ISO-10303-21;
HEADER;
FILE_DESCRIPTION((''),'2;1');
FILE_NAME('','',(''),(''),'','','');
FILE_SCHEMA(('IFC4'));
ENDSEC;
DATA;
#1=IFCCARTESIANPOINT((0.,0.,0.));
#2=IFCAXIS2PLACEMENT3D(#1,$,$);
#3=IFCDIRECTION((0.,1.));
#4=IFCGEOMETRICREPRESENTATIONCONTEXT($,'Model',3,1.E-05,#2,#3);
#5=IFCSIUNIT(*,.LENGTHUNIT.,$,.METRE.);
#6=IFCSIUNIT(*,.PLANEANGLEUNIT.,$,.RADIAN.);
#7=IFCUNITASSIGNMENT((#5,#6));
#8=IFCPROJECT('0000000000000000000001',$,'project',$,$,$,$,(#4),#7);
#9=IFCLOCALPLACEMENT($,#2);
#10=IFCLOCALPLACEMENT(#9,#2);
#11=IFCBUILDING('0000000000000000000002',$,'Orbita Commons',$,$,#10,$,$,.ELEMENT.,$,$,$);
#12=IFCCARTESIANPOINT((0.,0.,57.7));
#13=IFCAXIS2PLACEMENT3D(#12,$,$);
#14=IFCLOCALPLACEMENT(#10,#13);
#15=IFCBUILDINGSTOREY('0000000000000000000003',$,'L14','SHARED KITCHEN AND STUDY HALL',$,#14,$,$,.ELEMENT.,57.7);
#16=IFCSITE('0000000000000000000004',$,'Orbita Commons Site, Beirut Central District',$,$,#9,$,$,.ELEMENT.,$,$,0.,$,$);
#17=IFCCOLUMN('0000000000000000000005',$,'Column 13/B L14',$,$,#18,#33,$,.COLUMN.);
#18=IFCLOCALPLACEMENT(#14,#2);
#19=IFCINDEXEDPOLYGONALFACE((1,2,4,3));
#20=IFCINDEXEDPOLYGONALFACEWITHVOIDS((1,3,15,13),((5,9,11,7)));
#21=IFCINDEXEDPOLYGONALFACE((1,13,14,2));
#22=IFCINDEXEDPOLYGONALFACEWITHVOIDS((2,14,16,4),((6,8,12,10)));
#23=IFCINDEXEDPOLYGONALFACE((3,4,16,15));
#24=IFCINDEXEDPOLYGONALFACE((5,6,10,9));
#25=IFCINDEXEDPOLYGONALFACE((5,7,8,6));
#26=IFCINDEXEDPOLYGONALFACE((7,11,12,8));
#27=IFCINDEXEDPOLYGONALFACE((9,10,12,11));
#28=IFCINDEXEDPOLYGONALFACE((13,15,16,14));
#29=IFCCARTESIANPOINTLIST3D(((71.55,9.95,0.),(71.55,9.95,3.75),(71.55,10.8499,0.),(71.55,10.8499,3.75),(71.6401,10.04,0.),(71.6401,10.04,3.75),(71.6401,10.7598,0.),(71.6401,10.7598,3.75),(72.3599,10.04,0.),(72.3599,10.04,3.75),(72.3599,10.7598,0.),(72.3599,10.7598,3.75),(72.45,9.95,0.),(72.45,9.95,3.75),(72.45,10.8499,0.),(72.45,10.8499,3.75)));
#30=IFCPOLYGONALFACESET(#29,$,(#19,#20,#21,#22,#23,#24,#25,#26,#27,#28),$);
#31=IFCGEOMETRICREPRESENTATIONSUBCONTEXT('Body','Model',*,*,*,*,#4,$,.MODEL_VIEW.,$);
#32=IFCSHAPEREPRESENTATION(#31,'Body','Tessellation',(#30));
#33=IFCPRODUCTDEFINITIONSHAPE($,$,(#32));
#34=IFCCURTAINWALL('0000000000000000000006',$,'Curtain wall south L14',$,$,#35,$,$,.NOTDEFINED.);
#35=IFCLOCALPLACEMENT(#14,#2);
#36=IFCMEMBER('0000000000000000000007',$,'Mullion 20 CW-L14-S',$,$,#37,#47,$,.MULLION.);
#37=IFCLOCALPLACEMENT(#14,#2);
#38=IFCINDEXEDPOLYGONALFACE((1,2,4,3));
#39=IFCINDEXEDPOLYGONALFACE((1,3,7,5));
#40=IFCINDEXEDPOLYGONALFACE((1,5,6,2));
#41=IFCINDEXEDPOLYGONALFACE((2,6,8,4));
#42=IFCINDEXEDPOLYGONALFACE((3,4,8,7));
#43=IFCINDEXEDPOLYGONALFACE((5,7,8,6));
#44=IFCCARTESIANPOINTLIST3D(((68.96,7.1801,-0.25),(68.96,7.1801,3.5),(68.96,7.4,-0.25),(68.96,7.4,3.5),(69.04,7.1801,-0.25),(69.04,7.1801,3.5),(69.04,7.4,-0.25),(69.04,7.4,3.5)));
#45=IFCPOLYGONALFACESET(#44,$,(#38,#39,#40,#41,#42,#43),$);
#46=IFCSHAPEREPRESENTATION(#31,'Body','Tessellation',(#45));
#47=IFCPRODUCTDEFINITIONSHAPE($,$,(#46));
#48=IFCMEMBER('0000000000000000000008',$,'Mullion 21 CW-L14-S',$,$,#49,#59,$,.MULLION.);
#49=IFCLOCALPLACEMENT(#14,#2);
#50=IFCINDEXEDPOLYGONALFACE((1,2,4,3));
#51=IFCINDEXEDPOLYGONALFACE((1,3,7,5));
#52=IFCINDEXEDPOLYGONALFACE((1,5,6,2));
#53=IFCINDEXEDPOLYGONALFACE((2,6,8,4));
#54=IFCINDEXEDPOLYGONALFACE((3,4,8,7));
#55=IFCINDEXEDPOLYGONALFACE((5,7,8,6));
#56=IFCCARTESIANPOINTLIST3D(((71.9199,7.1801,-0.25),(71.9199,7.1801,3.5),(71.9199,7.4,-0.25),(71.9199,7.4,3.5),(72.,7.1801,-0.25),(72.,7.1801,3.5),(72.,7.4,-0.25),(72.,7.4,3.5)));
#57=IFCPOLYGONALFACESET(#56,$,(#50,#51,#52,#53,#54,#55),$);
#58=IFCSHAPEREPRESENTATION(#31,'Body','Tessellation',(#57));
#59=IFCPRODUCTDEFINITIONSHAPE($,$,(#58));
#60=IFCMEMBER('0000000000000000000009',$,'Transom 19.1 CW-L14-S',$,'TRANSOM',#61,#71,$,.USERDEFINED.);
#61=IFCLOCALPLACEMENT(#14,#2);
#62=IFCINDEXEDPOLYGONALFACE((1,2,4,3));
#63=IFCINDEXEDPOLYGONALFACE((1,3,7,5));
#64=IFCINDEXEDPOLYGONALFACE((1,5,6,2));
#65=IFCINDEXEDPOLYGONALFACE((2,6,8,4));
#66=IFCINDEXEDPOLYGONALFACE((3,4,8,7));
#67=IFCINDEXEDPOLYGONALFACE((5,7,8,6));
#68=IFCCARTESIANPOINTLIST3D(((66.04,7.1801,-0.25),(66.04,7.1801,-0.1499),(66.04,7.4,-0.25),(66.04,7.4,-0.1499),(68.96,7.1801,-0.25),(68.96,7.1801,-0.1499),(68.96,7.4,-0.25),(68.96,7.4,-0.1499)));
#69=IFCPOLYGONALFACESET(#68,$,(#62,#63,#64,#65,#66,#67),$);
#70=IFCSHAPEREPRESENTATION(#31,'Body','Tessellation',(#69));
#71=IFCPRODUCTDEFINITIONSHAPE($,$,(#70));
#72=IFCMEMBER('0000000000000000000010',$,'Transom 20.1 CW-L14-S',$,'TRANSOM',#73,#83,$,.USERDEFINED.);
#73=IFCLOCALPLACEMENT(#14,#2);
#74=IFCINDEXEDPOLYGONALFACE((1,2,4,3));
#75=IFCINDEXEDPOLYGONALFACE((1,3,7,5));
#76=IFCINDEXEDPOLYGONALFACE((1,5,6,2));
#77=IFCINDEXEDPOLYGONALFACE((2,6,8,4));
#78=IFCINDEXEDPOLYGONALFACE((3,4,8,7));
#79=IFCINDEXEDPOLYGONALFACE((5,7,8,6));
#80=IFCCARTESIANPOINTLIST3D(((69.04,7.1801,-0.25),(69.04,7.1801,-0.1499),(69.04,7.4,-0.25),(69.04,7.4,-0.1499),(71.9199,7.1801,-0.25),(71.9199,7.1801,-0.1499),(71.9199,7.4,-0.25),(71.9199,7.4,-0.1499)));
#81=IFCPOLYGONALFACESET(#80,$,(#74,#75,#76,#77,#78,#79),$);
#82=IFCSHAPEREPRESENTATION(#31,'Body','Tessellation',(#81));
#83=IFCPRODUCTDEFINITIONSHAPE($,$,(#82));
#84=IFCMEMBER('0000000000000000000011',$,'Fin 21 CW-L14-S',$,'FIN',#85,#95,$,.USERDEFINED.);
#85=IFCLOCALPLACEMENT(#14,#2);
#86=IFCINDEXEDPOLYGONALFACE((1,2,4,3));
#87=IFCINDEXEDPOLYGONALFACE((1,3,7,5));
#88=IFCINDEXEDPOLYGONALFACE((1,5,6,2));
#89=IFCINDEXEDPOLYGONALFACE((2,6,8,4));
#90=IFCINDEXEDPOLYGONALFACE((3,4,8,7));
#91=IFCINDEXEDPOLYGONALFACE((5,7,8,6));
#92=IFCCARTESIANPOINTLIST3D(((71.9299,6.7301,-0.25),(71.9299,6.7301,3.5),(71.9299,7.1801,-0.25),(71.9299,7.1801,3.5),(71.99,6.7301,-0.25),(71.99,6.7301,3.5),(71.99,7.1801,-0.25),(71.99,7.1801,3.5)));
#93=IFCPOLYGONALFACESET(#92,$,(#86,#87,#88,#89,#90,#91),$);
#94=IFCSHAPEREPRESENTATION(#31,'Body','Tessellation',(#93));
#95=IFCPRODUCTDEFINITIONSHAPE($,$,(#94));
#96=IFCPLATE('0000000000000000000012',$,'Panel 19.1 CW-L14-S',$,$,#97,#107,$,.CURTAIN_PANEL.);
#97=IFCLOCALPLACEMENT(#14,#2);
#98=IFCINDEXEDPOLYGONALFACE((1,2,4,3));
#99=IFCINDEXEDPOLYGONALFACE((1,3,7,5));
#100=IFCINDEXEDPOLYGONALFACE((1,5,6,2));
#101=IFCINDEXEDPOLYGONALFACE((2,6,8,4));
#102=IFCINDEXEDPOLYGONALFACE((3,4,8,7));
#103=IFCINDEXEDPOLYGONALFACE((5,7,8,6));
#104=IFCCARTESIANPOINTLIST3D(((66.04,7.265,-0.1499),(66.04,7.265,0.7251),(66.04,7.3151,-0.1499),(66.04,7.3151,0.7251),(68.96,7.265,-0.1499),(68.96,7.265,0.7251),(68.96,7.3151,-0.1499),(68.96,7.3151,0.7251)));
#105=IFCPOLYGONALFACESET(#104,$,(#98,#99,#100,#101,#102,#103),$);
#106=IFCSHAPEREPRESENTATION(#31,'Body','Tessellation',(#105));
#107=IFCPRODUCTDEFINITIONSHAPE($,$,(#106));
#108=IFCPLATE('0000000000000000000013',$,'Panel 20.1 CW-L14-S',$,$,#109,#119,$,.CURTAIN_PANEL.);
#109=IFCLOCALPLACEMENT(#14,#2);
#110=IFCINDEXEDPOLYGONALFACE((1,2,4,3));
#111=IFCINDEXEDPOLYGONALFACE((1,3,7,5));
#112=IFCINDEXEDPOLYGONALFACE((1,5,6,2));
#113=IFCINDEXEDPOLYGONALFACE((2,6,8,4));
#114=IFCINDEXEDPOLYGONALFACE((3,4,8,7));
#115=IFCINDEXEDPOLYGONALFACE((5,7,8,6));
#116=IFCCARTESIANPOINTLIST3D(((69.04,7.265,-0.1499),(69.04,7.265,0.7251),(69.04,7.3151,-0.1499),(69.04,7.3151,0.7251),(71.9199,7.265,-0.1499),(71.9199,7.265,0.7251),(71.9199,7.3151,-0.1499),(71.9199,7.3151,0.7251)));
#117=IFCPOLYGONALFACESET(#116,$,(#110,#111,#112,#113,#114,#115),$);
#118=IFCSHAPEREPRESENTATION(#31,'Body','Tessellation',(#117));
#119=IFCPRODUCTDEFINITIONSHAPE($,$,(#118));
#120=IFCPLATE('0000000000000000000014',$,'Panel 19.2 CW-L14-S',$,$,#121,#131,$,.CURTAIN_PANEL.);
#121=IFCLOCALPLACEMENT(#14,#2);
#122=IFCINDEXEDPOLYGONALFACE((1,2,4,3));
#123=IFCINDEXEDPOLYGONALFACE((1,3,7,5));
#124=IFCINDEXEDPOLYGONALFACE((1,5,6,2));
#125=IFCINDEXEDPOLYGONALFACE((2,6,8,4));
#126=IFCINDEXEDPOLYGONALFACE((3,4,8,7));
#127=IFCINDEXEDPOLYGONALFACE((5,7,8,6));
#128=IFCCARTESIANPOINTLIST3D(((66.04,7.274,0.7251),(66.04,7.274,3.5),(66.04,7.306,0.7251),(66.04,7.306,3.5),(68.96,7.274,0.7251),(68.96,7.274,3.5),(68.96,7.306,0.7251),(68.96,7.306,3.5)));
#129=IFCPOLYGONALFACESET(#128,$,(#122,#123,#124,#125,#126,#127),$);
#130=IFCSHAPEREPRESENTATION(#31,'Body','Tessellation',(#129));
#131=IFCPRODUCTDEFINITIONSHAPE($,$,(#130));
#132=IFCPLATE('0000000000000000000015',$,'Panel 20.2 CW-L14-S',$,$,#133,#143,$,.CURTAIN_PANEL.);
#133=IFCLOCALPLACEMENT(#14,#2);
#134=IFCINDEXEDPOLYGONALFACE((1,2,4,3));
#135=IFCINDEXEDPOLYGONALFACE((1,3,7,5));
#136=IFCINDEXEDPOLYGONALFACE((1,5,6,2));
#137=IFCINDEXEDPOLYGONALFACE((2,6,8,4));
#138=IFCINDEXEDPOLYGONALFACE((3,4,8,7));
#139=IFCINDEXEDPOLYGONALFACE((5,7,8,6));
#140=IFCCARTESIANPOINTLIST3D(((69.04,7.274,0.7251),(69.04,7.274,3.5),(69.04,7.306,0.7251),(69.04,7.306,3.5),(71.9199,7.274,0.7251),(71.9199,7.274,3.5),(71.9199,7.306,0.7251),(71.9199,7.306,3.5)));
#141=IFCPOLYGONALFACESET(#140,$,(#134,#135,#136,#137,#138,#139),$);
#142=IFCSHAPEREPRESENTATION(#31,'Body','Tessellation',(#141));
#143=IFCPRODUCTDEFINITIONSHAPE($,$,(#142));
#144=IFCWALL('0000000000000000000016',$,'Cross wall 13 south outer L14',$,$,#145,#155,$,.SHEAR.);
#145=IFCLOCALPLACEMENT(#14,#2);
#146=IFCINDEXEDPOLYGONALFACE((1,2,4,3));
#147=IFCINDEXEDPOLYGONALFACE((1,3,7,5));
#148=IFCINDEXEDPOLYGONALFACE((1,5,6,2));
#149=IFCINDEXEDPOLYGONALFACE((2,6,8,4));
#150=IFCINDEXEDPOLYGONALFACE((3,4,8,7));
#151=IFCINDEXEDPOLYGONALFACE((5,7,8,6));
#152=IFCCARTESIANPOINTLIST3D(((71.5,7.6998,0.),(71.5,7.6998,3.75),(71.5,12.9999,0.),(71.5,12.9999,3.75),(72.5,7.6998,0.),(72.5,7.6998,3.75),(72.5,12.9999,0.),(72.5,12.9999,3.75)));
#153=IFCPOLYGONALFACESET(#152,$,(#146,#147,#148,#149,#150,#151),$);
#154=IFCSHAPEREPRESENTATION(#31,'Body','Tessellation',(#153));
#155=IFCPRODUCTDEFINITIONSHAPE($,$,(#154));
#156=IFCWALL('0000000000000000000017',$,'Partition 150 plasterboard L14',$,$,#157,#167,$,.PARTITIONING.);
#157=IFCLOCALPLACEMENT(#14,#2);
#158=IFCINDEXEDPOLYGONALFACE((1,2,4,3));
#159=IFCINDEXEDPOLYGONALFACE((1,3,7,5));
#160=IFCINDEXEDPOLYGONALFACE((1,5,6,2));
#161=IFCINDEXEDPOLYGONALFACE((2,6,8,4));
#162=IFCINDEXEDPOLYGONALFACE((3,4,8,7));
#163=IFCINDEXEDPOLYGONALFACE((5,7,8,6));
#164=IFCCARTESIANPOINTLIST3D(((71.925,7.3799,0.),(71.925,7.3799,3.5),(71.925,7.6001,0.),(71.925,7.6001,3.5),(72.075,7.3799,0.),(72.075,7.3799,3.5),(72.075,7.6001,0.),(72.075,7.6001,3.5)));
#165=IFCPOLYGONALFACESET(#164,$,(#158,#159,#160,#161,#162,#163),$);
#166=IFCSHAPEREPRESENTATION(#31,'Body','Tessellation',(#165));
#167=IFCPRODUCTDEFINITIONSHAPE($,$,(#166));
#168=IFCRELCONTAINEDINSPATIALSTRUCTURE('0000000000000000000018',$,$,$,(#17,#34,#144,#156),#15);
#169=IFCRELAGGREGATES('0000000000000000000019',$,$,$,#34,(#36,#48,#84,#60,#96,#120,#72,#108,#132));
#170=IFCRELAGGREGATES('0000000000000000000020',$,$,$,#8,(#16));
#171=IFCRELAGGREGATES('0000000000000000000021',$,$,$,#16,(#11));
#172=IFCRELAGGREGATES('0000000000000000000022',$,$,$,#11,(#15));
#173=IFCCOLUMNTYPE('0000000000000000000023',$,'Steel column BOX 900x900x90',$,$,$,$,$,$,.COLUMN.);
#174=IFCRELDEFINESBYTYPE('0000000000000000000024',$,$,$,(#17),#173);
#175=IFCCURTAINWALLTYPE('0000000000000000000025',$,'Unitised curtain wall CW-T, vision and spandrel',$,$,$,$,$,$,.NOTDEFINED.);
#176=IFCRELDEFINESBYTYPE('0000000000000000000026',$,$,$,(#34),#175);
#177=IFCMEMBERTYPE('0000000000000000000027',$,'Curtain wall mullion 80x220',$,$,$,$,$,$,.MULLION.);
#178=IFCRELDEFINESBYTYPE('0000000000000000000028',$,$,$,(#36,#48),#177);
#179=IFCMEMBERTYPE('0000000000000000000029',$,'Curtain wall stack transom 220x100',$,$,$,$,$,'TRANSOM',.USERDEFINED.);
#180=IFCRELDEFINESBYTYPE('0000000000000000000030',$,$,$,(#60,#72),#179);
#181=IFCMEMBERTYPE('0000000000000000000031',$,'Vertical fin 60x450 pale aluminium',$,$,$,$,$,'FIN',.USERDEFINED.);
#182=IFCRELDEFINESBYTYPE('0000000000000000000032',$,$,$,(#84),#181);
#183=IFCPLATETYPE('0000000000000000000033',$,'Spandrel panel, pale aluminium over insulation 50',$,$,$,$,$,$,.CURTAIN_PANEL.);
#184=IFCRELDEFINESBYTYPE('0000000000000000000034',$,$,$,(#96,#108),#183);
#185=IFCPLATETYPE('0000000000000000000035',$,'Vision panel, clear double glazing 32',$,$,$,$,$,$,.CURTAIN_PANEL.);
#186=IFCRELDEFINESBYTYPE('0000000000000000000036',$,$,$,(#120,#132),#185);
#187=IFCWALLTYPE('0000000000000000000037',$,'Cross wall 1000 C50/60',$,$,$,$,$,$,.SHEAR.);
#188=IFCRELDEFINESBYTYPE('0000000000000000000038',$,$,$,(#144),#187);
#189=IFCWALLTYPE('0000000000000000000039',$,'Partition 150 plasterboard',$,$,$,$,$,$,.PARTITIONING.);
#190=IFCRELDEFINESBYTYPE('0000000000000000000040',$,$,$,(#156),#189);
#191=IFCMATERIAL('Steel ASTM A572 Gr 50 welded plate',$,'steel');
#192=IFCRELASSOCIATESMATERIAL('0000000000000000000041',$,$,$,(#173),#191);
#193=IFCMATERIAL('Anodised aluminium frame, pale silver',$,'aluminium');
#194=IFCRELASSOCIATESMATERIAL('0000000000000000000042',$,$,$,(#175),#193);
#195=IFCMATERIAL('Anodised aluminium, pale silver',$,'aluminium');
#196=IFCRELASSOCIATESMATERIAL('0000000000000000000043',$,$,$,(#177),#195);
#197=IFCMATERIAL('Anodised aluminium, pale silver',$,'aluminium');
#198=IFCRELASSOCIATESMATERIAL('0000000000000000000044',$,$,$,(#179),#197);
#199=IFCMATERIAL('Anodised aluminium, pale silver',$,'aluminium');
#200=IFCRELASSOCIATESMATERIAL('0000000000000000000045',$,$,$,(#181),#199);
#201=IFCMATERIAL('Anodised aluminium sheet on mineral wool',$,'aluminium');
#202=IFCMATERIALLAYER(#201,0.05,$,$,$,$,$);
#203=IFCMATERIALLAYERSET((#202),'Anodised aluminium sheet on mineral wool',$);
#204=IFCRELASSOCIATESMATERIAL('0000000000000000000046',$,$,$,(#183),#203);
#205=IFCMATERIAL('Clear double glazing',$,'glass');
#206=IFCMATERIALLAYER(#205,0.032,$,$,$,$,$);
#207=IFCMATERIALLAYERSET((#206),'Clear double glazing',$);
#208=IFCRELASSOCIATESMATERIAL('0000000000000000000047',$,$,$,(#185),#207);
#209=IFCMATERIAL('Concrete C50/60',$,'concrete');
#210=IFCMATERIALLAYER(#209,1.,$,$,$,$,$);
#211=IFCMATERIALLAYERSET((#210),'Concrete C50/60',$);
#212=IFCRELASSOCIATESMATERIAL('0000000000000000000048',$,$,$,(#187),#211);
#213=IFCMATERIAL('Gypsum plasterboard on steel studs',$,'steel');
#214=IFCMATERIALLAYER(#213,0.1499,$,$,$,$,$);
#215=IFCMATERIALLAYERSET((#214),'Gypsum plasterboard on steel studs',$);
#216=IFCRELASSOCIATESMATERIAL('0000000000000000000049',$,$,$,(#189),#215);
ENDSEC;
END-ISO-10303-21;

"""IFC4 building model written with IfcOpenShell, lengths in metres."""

from ifc_helpers import new_model, si_unit, direction, frame, frame_2d, origin, origin_2d, place, context, subcontext, project, spatial, rectangle, hollow_rectangle, extrude, material, layer, layer_set, material_profile, profile_set, type_object, element, aggregate, save


model = new_model("IFC4")

# Units and contexts
model_context = context("Model", 3, precision=1e-05, world=origin(), true_north=direction((0.0, 1.0)))
body_context = subcontext(model_context, "Body", "Model", "MODEL_VIEW")
ifc_project = project(units=[si_unit("LENGTHUNIT", "METRE"), si_unit("PLANEANGLEUNIT", "RADIAN")], contexts=[model_context])

# Site, building, storey
site_placement = place(None, origin())
site = spatial("IfcSite", under=ifc_project, at=site_placement, Name="Orbita Commons Site, Beirut Central District", CompositionType="ELEMENT", RefElevation=0.0)
building_placement = place(site_placement, origin())
building = spatial("IfcBuilding", under=site, at=building_placement, Name="Orbita Commons", CompositionType="ELEMENT")
storey_placement = place(building_placement, frame((0.0, 0.0, 57.7)))
storey = spatial("IfcBuildingStorey", under=building, at=storey_placement, Name="L14", Description="SHARED KITCHEN AND STUDY HALL", CompositionType="ELEMENT", Elevation=57.7)

# Column
ifc_material_1 = material(Name="Steel ASTM A572 Gr 50 welded plate", Category="steel")
ifc_material_profile_1 = material_profile(ifc_material_1, hollow_rectangle(XDim=0.8999, YDim=0.8999, WallThickness=0.0901, at=origin_2d()), Name="BOX 900x900x90")
ifc_profile_set_1 = profile_set([ifc_material_profile_1], Name="Steel ASTM A572 Gr 50 welded plate")
column_type = type_object("IfcColumnType", Name="Steel column BOX 900x900x90", PredefinedType="COLUMN", material=ifc_profile_set_1)
column_placement = place(storey_placement, frame((72.0, 10.3999, 0.0), z_axis=(0.0, 0.0, 1.0), x_axis=(1.0, 0.0, 0.0)))
element("IfcColumn", 1, at=column_placement, inside=storey, type_object=column_type, Name="Column 13/B L14", PredefinedType="COLUMN", context=body_context, shape_type="SweptSolid", body=[
    extrude(hollow_rectangle(XDim=0.8999, YDim=0.8999, WallThickness=0.0901, at=origin_2d()), origin(), (0.0, 0.0, 1.0), 3.75),
])

# Curtain wall, members, plates
ifc_material_2 = material(Name="Anodised aluminium frame, pale silver", Category="aluminium")
curtain_wall_type = type_object("IfcCurtainWallType", Name="Unitised curtain wall CW-T, vision and spandrel", PredefinedType="NOTDEFINED", material=ifc_material_2)
curtain_wall_placement = place(storey_placement, origin())
curtain_wall = element("IfcCurtainWall", 2, at=curtain_wall_placement, inside=storey, type_object=curtain_wall_type, Name="Curtain wall south L14", PredefinedType="NOTDEFINED")
ifc_material_3 = material(Name="Anodised aluminium, pale silver", Category="aluminium")
ifc_material_profile_2 = material_profile(ifc_material_3, rectangle(XDim=0.0801, YDim=0.22, at=origin_2d()), Name="AL 80x220")
ifc_profile_set_2 = profile_set([ifc_material_profile_2], Name="Anodised aluminium, pale silver")
member_type_1 = type_object("IfcMemberType", Name="Curtain wall mullion 80x220", PredefinedType="MULLION", material=ifc_profile_set_2)
member_1_placement = place(storey_placement, frame((69.0, 7.29, -0.25), z_axis=(0.0, 0.0, 1.0), x_axis=(1.0, 0.0, 0.0)))
member_1 = element("IfcMember", 3, at=member_1_placement, type_object=member_type_1, Name="Mullion 20 CW-L14-S", PredefinedType="MULLION", context=body_context, shape_type="SweptSolid", body=[
    extrude(rectangle(XDim=0.0801, YDim=0.22, at=origin_2d()), origin(), (0.0, 0.0, 1.0), 3.75),
])
member_2_placement = place(storey_placement, frame((71.96, 7.29, -0.25), z_axis=(0.0, 0.0, 1.0), x_axis=(1.0, 0.0, 0.0)))
member_2 = element("IfcMember", 4, at=member_2_placement, type_object=member_type_1, Name="Mullion 21 CW-L14-S", PredefinedType="MULLION", context=body_context, shape_type="SweptSolid", body=[
    extrude(rectangle(XDim=0.0801, YDim=0.22, at=origin_2d()), origin(), (0.0, 0.0, 1.0), 3.75),
])
ifc_material_4 = material(Name="Anodised aluminium, pale silver", Category="aluminium")
ifc_material_profile_3 = material_profile(ifc_material_4, rectangle(XDim=0.22, YDim=0.1001, at=origin_2d()), Name="AL 220x100")
ifc_profile_set_3 = profile_set([ifc_material_profile_3], Name="Anodised aluminium, pale silver")
member_type_2 = type_object("IfcMemberType", Name="Curtain wall stack transom 220x100", ElementType="TRANSOM", PredefinedType="USERDEFINED", material=ifc_profile_set_3)
member_3_placement = place(storey_placement, frame((66.04, 7.29, -0.2), z_axis=(1.0, 0.0, 0.0), x_axis=(0.0, 1.0, 0.0)))
member_3 = element("IfcMember", 5, at=member_3_placement, type_object=member_type_2, Name="Transom 19.1 CW-L14-S", ObjectType="TRANSOM", PredefinedType="USERDEFINED", context=body_context, shape_type="SweptSolid", body=[
    extrude(rectangle(XDim=0.22, YDim=0.1001, at=origin_2d()), origin(), (0.0, 0.0, 1.0), 2.9199),
])
member_4_placement = place(storey_placement, frame((69.04, 7.29, -0.2), z_axis=(1.0, 0.0, 0.0), x_axis=(0.0, 1.0, 0.0)))
member_4 = element("IfcMember", 6, at=member_4_placement, type_object=member_type_2, Name="Transom 20.1 CW-L14-S", ObjectType="TRANSOM", PredefinedType="USERDEFINED", context=body_context, shape_type="SweptSolid", body=[
    extrude(rectangle(XDim=0.22, YDim=0.1001, at=origin_2d()), origin(), (0.0, 0.0, 1.0), 2.8799),
])
ifc_material_5 = material(Name="Anodised aluminium, pale silver", Category="aluminium")
ifc_material_profile_4 = material_profile(ifc_material_5, rectangle(XDim=0.0601, YDim=0.45, at=origin_2d()), Name="FIN 60x450")
ifc_profile_set_4 = profile_set([ifc_material_profile_4], Name="Anodised aluminium, pale silver")
member_type_3 = type_object("IfcMemberType", Name="Vertical fin 60x450 pale aluminium", ElementType="FIN", PredefinedType="USERDEFINED", material=ifc_profile_set_4)
member_5_placement = place(storey_placement, frame((71.96, 6.9551, -0.25), z_axis=(0.0, 0.0, 1.0), x_axis=(1.0, 0.0, 0.0)))
member_5 = element("IfcMember", 7, at=member_5_placement, type_object=member_type_3, Name="Fin 21 CW-L14-S", ObjectType="FIN", PredefinedType="USERDEFINED", context=body_context, shape_type="SweptSolid", body=[
    extrude(rectangle(XDim=0.0601, YDim=0.45, at=origin_2d()), origin(), (0.0, 0.0, 1.0), 3.75),
])
ifc_material_6 = material(Name="Anodised aluminium sheet on mineral wool", Category="aluminium")
ifc_layer_1 = layer(ifc_material_6, 0.05)
ifc_layer_set_1 = layer_set([ifc_layer_1], Name="Anodised aluminium sheet on mineral wool")
plate_type_1 = type_object("IfcPlateType", Name="Spandrel panel, pale aluminium over insulation 50", PredefinedType="CURTAIN_PANEL", material=ifc_layer_set_1)
plate_1_placement = place(storey_placement, frame((67.5, 7.29, -0.1499), z_axis=(0.0, 0.0, 1.0), x_axis=(1.0, 0.0, 0.0)))
plate_1 = element("IfcPlate", 8, at=plate_1_placement, type_object=plate_type_1, Name="Panel 19.1 CW-L14-S", PredefinedType="CURTAIN_PANEL", context=body_context, shape_type="SweptSolid", body=[
    extrude(rectangle(XDim=2.9199, YDim=0.05, at=origin_2d()), origin(), (0.0, 0.0, 1.0), 0.875),
])
plate_2_placement = place(storey_placement, frame((70.48, 7.29, -0.1499), z_axis=(0.0, 0.0, 1.0), x_axis=(1.0, 0.0, 0.0)))
plate_2 = element("IfcPlate", 9, at=plate_2_placement, type_object=plate_type_1, Name="Panel 20.1 CW-L14-S", PredefinedType="CURTAIN_PANEL", context=body_context, shape_type="SweptSolid", body=[
    extrude(rectangle(XDim=2.8799, YDim=0.05, at=origin_2d()), origin(), (0.0, 0.0, 1.0), 0.875),
])
ifc_material_7 = material(Name="Clear double glazing", Category="glass")
ifc_layer_2 = layer(ifc_material_7, 0.032)
ifc_layer_set_2 = layer_set([ifc_layer_2], Name="Clear double glazing")
plate_type_2 = type_object("IfcPlateType", Name="Vision panel, clear double glazing 32", PredefinedType="CURTAIN_PANEL", material=ifc_layer_set_2)
plate_3_placement = place(storey_placement, frame((67.5, 7.29, 0.7251), z_axis=(0.0, 0.0, 1.0), x_axis=(1.0, 0.0, 0.0)))
plate_3 = element("IfcPlate", 10, at=plate_3_placement, type_object=plate_type_2, Name="Panel 19.2 CW-L14-S", PredefinedType="CURTAIN_PANEL", context=body_context, shape_type="SweptSolid", body=[
    extrude(rectangle(XDim=2.9199, YDim=0.032, at=origin_2d()), origin(), (0.0, 0.0, 1.0), 2.7749),
])
plate_4_placement = place(storey_placement, frame((70.48, 7.29, 0.7251), z_axis=(0.0, 0.0, 1.0), x_axis=(1.0, 0.0, 0.0)))
plate_4 = element("IfcPlate", 11, at=plate_4_placement, type_object=plate_type_2, Name="Panel 20.2 CW-L14-S", PredefinedType="CURTAIN_PANEL", context=body_context, shape_type="SweptSolid", body=[
    extrude(rectangle(XDim=2.8799, YDim=0.032, at=origin_2d()), origin(), (0.0, 0.0, 1.0), 2.7749),
])
aggregate(curtain_wall, [member_1, member_2, member_5, member_3, plate_1, plate_3, member_4, plate_2, plate_4])

# Walls
ifc_material_8 = material(Name="Concrete C50/60", Category="concrete")
ifc_layer_3 = layer(ifc_material_8, 1.0)
ifc_layer_set_3 = layer_set([ifc_layer_3], Name="Concrete C50/60")
wall_type_1 = type_object("IfcWallType", Name="Cross wall 1000 C50/60", PredefinedType="SHEAR", material=ifc_layer_set_3)
wall_1_placement = place(storey_placement, frame((72.0, 7.7, 0.0), z_axis=(0.0, 0.0, 1.0), x_axis=(0.0, 1.0, 0.0)))
element("IfcWall", 12, at=wall_1_placement, inside=storey, type_object=wall_type_1, Name="Cross wall 13 south outer L14", PredefinedType="SHEAR", context=body_context, shape_type="SweptSolid", body=[
    extrude(rectangle(XDim=5.3, YDim=1.0, at=frame_2d((2.6499, 0.0))), origin(), (0.0, 0.0, 1.0), 3.75),
])
ifc_material_9 = material(Name="Gypsum plasterboard on steel studs", Category="steel")
ifc_layer_4 = layer(ifc_material_9, 0.1499)
ifc_layer_set_4 = layer_set([ifc_layer_4], Name="Gypsum plasterboard on steel studs")
wall_type_2 = type_object("IfcWallType", Name="Partition 150 plasterboard", PredefinedType="PARTITIONING", material=ifc_layer_set_4)
wall_2_placement = place(storey_placement, frame((72.0, 7.6001, 0.0), z_axis=(0.0, 0.0, 1.0), x_axis=(0.0, -1.0, 0.0)))
element("IfcWall", 13, at=wall_2_placement, inside=storey, type_object=wall_type_2, Name="Partition 150 plasterboard L14", PredefinedType="PARTITIONING", context=body_context, shape_type="SweptSolid", body=[
    extrude(rectangle(XDim=0.2202, YDim=0.1499, at=frame_2d((0.1101, 0.0))), origin(), (0.0, 0.0, 1.0), 3.5),
])

save(model, "model.ifc")
